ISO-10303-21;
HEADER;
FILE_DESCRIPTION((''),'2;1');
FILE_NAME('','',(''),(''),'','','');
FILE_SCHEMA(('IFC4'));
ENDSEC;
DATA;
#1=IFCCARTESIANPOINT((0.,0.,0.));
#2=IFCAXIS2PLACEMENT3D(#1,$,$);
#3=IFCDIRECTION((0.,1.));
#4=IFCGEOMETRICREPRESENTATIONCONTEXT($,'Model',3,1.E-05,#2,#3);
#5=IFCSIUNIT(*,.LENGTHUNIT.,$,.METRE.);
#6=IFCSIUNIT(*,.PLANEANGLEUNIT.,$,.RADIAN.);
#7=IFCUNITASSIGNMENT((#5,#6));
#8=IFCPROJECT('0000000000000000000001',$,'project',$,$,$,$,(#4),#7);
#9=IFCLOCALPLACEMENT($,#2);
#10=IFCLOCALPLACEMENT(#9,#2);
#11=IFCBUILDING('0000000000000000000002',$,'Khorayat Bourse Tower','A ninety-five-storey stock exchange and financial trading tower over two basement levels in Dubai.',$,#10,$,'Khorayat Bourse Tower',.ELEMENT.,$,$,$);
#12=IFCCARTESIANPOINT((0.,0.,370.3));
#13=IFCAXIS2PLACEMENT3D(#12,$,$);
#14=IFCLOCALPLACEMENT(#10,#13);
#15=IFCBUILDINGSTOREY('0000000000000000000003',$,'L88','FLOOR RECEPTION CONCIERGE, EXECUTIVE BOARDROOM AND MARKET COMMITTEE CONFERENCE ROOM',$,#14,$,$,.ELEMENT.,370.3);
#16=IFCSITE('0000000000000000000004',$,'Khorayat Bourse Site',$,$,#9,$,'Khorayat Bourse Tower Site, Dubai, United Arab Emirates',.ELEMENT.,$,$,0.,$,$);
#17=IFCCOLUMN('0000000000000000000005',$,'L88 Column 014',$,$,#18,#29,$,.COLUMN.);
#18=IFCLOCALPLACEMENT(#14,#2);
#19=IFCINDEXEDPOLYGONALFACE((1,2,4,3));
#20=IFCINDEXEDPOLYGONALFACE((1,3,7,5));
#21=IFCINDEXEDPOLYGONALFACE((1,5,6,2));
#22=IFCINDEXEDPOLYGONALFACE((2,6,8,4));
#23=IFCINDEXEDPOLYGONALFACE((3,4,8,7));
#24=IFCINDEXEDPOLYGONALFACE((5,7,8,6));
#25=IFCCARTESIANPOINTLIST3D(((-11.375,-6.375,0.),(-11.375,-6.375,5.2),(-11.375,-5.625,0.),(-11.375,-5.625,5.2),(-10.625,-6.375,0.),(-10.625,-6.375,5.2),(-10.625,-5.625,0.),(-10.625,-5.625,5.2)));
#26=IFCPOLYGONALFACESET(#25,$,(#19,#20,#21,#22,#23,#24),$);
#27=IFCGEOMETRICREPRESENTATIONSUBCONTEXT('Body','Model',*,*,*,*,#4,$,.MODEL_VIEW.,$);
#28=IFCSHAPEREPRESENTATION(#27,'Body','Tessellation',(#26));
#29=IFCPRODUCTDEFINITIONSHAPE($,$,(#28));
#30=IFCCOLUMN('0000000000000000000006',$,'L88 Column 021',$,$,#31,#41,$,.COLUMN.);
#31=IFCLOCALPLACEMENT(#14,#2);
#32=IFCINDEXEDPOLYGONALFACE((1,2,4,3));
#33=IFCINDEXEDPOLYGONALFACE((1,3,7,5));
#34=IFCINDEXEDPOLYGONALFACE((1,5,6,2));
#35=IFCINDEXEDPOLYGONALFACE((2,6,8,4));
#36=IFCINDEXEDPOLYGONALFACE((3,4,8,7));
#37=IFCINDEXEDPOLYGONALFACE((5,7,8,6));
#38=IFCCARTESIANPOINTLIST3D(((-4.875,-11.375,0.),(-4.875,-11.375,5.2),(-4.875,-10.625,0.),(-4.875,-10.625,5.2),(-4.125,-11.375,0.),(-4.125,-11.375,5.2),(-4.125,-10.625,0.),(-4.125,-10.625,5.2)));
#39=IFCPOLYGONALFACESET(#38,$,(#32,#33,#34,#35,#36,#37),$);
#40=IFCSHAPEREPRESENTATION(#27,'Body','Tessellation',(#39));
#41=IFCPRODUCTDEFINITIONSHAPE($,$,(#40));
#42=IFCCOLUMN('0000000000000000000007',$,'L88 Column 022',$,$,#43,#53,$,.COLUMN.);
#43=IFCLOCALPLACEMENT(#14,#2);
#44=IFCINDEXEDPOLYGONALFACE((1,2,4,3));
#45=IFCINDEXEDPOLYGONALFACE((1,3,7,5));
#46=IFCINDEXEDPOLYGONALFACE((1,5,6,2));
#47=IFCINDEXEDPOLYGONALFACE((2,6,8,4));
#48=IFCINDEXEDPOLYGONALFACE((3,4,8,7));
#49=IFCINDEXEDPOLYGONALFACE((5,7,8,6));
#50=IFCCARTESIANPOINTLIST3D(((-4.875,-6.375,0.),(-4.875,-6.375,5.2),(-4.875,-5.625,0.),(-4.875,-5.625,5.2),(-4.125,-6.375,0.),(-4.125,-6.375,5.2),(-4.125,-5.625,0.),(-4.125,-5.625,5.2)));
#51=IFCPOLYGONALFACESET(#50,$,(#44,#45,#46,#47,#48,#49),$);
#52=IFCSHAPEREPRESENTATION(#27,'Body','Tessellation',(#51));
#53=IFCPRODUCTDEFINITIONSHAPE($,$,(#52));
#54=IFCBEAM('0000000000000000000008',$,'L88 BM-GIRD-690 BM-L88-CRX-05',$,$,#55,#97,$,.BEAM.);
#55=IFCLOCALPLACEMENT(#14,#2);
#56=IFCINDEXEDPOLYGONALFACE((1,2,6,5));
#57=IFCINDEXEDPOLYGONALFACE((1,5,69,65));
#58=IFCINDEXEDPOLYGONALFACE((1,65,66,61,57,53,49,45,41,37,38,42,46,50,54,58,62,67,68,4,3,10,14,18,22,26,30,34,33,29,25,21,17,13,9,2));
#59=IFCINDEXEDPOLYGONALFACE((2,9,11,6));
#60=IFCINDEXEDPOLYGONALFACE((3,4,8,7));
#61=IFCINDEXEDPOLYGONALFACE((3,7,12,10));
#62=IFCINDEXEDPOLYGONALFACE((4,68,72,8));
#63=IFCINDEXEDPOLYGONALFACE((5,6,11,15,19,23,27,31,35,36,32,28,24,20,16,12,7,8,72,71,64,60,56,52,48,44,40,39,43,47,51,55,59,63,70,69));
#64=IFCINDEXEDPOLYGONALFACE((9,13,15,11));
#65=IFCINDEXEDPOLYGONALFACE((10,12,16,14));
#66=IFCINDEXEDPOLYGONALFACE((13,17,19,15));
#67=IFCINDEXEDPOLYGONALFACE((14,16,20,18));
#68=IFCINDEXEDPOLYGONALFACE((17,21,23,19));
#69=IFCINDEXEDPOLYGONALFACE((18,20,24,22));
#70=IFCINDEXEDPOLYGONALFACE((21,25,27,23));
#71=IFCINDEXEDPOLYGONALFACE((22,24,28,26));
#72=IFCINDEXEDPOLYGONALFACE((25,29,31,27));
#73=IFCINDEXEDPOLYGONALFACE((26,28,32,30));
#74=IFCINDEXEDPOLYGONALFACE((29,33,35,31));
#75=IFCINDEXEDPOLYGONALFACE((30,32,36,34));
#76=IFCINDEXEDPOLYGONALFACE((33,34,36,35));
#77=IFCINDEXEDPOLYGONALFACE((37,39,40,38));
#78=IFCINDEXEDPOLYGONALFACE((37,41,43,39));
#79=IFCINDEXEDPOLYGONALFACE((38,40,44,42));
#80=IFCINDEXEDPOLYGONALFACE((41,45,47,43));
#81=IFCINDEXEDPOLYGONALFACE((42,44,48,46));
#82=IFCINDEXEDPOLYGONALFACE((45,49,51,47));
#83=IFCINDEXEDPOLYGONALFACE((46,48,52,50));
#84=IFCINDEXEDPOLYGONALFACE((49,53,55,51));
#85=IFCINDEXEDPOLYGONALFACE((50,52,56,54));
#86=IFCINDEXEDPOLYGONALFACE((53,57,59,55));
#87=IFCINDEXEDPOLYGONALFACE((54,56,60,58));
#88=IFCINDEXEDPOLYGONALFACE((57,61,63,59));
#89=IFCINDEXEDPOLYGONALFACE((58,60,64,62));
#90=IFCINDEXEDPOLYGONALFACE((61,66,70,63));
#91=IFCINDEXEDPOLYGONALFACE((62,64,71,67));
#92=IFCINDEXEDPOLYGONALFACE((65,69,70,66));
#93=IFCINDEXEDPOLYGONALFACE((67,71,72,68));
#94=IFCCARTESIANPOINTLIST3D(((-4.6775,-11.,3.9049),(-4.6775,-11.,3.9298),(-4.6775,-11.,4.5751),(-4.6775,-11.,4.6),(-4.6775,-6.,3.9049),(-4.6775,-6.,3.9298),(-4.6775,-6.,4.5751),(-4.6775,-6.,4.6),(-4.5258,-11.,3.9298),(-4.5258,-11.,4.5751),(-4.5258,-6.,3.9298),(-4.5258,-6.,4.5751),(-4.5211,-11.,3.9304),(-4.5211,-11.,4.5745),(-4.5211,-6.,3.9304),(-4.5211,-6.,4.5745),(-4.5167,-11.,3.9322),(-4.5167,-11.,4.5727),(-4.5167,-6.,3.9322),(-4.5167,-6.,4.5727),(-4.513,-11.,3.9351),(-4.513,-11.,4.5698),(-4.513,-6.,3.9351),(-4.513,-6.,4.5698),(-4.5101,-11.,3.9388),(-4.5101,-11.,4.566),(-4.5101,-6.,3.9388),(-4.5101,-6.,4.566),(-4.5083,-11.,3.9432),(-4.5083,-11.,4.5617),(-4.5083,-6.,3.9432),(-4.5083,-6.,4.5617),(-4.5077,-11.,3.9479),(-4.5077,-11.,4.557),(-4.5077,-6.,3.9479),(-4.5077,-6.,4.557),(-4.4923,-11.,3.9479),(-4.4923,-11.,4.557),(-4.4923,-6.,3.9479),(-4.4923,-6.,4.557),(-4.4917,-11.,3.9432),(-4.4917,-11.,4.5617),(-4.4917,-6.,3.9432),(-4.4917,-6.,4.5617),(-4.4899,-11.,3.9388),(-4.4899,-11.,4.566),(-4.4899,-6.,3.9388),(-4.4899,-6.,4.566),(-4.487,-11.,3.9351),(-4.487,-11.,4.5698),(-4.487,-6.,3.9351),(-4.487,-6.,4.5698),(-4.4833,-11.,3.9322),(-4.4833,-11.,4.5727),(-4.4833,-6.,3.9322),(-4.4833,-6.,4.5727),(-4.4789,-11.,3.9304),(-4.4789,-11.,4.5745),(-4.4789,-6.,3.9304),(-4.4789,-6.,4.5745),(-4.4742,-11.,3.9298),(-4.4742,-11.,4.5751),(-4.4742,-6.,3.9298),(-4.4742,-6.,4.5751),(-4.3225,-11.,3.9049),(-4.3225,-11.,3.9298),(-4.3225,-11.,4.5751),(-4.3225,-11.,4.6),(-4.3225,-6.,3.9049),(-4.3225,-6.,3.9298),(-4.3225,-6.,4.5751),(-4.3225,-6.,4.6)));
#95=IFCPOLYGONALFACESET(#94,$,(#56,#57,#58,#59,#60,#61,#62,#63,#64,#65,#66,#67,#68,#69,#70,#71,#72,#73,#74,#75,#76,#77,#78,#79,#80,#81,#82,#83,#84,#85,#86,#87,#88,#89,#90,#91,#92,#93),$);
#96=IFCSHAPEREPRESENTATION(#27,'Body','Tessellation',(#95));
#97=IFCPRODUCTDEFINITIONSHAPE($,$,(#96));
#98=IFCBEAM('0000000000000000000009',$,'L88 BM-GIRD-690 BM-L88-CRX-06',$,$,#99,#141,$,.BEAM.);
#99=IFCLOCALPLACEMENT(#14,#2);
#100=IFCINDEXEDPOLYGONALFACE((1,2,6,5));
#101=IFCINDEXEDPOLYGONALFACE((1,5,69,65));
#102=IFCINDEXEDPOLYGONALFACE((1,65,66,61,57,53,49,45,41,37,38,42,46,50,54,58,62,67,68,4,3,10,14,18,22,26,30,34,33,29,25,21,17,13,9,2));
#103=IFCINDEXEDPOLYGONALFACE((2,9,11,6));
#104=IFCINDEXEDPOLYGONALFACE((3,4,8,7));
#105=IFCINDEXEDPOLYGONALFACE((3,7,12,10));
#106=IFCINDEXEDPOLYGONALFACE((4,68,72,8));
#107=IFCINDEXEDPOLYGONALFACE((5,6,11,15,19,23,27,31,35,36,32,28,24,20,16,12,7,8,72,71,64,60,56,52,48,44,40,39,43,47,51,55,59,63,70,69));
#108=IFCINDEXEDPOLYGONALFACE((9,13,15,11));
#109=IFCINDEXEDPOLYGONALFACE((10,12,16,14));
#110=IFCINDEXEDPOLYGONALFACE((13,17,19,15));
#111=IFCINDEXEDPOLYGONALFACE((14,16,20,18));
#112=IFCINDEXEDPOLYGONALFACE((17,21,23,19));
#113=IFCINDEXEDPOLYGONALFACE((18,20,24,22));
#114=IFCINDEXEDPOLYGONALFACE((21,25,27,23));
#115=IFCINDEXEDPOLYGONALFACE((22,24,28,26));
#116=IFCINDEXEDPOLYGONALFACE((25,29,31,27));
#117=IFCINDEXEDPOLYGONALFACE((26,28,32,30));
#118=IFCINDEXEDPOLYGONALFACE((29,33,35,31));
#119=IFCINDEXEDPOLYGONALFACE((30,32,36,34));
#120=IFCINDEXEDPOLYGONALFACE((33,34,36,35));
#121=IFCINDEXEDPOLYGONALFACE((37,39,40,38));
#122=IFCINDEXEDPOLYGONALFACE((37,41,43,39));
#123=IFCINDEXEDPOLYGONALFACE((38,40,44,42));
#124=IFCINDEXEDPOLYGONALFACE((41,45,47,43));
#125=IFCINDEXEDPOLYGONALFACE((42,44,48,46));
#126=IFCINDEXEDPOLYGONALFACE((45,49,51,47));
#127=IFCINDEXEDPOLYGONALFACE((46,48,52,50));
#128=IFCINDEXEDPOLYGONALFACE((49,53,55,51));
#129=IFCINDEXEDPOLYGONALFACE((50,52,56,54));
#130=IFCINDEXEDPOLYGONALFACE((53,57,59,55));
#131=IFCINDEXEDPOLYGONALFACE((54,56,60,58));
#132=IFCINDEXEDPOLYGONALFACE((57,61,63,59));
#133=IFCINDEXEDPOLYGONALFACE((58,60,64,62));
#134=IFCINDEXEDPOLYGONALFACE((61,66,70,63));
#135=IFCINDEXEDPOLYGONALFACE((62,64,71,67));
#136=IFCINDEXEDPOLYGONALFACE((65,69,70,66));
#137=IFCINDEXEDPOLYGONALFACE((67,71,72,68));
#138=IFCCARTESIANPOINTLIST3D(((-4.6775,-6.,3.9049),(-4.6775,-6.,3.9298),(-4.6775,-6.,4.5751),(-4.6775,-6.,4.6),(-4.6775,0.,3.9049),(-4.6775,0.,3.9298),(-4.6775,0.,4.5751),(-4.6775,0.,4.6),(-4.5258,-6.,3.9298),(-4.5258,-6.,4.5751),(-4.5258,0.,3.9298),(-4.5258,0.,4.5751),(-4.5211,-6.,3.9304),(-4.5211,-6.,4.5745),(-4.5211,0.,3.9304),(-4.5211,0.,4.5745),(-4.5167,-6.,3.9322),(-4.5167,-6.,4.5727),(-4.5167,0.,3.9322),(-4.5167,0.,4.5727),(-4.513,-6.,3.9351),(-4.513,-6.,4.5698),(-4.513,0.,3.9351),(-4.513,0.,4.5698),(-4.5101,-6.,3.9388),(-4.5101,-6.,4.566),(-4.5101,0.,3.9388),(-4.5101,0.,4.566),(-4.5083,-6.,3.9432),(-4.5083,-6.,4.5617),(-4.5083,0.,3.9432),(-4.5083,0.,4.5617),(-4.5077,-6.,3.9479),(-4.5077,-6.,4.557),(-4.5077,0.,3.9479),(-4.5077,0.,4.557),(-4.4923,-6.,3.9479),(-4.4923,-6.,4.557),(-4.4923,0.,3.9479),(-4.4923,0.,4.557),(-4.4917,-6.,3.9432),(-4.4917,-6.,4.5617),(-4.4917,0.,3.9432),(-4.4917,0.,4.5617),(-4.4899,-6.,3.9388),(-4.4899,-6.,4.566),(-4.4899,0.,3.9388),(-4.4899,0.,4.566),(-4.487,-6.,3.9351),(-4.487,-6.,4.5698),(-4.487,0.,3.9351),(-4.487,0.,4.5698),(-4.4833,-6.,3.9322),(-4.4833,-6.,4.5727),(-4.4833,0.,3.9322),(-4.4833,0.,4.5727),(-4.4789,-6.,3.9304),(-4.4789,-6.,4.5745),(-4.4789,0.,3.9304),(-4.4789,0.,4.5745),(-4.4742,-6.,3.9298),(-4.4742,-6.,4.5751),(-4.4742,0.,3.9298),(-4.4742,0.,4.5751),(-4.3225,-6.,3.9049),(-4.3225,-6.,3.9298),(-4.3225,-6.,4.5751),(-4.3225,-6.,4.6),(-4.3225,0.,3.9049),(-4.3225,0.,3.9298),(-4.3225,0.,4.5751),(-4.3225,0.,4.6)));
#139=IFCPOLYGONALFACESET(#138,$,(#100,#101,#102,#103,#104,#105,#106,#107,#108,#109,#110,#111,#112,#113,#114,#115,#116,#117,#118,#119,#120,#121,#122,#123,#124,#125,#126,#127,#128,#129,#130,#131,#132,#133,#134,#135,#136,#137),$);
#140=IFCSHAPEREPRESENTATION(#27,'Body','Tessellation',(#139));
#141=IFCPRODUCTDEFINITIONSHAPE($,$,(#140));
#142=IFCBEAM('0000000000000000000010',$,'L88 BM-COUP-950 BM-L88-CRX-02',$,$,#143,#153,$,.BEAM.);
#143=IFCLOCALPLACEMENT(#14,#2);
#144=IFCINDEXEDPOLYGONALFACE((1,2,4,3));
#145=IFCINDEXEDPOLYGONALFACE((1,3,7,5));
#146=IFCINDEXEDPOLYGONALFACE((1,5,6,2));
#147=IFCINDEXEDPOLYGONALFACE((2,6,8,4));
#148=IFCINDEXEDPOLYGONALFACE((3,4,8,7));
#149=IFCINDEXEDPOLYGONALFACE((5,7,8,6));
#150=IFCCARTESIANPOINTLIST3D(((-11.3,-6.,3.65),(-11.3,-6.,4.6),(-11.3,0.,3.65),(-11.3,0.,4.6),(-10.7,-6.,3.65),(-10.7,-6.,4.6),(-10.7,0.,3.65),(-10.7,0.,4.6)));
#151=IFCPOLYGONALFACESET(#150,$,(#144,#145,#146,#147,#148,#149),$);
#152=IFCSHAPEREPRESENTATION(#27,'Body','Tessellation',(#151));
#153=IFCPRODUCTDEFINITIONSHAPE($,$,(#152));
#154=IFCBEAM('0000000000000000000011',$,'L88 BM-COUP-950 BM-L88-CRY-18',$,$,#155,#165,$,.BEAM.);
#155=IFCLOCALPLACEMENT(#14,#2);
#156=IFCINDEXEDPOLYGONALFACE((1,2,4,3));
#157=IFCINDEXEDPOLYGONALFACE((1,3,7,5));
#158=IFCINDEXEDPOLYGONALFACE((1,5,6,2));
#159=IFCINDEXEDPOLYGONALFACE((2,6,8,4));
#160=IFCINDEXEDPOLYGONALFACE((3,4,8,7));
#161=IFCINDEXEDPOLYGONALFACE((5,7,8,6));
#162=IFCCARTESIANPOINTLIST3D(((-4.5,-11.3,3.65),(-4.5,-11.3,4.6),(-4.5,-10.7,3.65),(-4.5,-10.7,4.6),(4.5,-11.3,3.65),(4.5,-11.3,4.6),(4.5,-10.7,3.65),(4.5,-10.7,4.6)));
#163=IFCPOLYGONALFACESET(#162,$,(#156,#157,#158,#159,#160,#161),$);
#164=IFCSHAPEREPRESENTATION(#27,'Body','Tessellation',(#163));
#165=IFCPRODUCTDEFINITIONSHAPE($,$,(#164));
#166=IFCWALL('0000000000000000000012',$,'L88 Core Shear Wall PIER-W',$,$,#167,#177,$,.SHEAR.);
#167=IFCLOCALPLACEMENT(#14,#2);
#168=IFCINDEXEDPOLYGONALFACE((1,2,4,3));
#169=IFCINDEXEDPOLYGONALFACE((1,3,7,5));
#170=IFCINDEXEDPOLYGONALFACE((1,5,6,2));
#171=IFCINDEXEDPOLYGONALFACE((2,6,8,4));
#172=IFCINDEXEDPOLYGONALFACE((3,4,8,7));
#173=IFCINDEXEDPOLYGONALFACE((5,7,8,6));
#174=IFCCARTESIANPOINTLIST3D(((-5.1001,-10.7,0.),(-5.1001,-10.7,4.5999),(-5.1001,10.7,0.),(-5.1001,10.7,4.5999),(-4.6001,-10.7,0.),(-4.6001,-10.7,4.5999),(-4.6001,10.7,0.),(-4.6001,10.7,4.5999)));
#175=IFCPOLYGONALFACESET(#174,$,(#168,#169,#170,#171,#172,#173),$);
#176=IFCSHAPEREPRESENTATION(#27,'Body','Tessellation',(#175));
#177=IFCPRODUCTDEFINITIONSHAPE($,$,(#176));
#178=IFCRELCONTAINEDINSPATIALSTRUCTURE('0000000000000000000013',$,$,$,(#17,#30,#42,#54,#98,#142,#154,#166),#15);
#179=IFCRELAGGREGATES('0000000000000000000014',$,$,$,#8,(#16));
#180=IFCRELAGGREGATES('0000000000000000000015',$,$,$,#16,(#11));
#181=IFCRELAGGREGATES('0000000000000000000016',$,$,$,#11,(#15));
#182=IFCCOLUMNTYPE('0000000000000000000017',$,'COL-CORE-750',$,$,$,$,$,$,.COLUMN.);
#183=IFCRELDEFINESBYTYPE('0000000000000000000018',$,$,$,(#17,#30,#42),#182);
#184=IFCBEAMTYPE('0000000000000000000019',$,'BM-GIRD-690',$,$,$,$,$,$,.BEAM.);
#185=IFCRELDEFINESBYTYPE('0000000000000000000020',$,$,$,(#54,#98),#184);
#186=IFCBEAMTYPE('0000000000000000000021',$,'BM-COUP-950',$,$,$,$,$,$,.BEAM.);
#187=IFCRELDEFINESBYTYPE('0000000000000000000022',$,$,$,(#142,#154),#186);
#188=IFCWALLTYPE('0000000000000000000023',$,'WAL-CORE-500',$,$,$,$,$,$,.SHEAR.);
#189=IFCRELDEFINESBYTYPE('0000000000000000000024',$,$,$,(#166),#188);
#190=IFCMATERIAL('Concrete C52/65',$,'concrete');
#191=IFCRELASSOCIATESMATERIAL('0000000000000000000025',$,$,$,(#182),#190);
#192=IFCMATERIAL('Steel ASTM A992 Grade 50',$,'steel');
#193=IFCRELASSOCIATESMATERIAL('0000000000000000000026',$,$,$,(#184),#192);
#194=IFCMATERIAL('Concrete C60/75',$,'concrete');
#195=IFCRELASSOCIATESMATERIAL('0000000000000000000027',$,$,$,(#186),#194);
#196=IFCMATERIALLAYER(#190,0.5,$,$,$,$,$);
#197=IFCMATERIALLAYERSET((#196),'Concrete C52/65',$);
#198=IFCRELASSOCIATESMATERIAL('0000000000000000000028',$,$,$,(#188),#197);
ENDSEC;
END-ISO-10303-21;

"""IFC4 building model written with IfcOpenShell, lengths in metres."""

from ifc_helpers import new_model, si_unit, direction, frame, frame_2d, origin, origin_2d, place, context, subcontext, project, spatial, rectangle, i_section, extrude, source, transform, mapped, material, layer, layer_set, material_profile, profile_set, type_object, element, save


model = new_model("IFC4")

# Units and contexts
model_context = context("Model", 3, precision=1e-05, world=origin(), true_north=direction((0.0, 1.0)))
body_context = subcontext(model_context, "Body", "Model", "MODEL_VIEW")
ifc_project = project(units=[si_unit("LENGTHUNIT", "METRE"), si_unit("PLANEANGLEUNIT", "RADIAN")], contexts=[model_context])

# Site, building, storey
site_placement = place(None, origin())
site = spatial("IfcSite", under=ifc_project, at=site_placement, Name="Khorayat Bourse Site", LongName="Khorayat Bourse Tower Site, Dubai, United Arab Emirates", CompositionType="ELEMENT", RefElevation=0.0)
building_placement = place(site_placement, origin())
building = spatial("IfcBuilding", under=site, at=building_placement, Name="Khorayat Bourse Tower", Description="A ninety-five-storey stock exchange and financial trading tower over two basement levels in Dubai.", LongName="Khorayat Bourse Tower", CompositionType="ELEMENT")
storey_placement = place(building_placement, frame((0.0, 0.0, 370.3)))
storey = spatial("IfcBuildingStorey", under=building, at=storey_placement, Name="L88", Description="FLOOR RECEPTION CONCIERGE, EXECUTIVE BOARDROOM AND MARKET COMMITTEE CONFERENCE ROOM", CompositionType="ELEMENT", Elevation=370.3)

# Columns
ifc_material_1 = material(Name="Concrete C52/65", Category="concrete")
ifc_material_profile_1 = material_profile(ifc_material_1, rectangle(XDim=0.75, YDim=0.75, at=origin_2d()), Name="RC 750x750")
ifc_profile_set_1 = profile_set([ifc_material_profile_1], Name="Concrete C52/65")
column_type = type_object("IfcColumnType", Name="COL-CORE-750", PredefinedType="COLUMN", material=ifc_profile_set_1)
shared_shape_1 = source(origin(), body_context, "Body", "SweptSolid", [
    extrude(rectangle(XDim=0.75, YDim=0.75, at=origin_2d()), origin(), (0.0, 0.0, 1.0), 5.2),
])
for number, where, z_axis, x_axis, name in (
    (1, (-11.0, -6.0, 0.0), (0.0, 0.0, 1.0), (1.0, 0.0, 0.0), "L88 Column 014"),
    (2, (-4.5, -11.0, 0.0), (0.0, 0.0, 1.0), (1.0, 0.0, 0.0), "L88 Column 021"),
    (3, (-4.5, -6.0, 0.0), (0.0, 0.0, 1.0), (1.0, 0.0, 0.0), "L88 Column 022"),
):
    element("IfcColumn", number, at=place(storey_placement, frame(where, z_axis=z_axis, x_axis=x_axis)), inside=storey, type_object=column_type, Name=name, PredefinedType="COLUMN", context=body_context, shape_type="MappedRepresentation", body=[
        mapped(shared_shape_1, transform((0.0, 0.0, 0.0), scale=1.0)),
    ])

# Beams
ifc_material_2 = material(Name="Steel ASTM A992 Grade 50", Category="steel")
ifc_material_profile_2 = material_profile(ifc_material_2, i_section(OverallWidth=0.355, OverallDepth=0.6951, WebThickness=0.0154, FlangeThickness=0.0249, FilletRadius=0.0181, at=origin_2d()), Name="W690X217")
ifc_profile_set_2 = profile_set([ifc_material_profile_2], Name="Steel ASTM A992 Grade 50")
beam_type_1 = type_object("IfcBeamType", Name="BM-GIRD-690", PredefinedType="BEAM", material=ifc_profile_set_2)
shared_shape_2 = source(origin(), body_context, "Body", "SweptSolid", [
    extrude(i_section(OverallWidth=0.355, OverallDepth=0.6951, WebThickness=0.0154, FlangeThickness=0.0249, FilletRadius=0.0181, at=origin_2d()), origin(), (0.0, 0.0, 1.0), 5.0),
])
beam_1_placement = place(storey_placement, frame((-4.5, -11.0, 4.2524), z_axis=(0.0, 1.0, 0.0), x_axis=(-1.0, 0.0, 0.0)))
element("IfcBeam", 4, at=beam_1_placement, inside=storey, type_object=beam_type_1, Name="L88 BM-GIRD-690 BM-L88-CRX-05", PredefinedType="BEAM", context=body_context, shape_type="MappedRepresentation", body=[
    mapped(shared_shape_2, transform((0.0, 0.0, 0.0), scale=1.0)),
])
shared_shape_3 = source(origin(), body_context, "Body", "SweptSolid", [
    extrude(i_section(OverallWidth=0.355, OverallDepth=0.6951, WebThickness=0.0154, FlangeThickness=0.0249, FilletRadius=0.0181, at=origin_2d()), origin(), (0.0, 0.0, 1.0), 6.0),
])
beam_2_placement = place(storey_placement, frame((-4.5, -6.0, 4.2524), z_axis=(0.0, 1.0, 0.0), x_axis=(-1.0, 0.0, 0.0)))
element("IfcBeam", 5, at=beam_2_placement, inside=storey, type_object=beam_type_1, Name="L88 BM-GIRD-690 BM-L88-CRX-06", PredefinedType="BEAM", context=body_context, shape_type="MappedRepresentation", body=[
    mapped(shared_shape_3, transform((0.0, 0.0, 0.0), scale=1.0)),
])
ifc_material_3 = material(Name="Concrete C60/75", Category="concrete")
ifc_material_profile_3 = material_profile(ifc_material_3, rectangle(XDim=0.6001, YDim=0.95, at=origin_2d()), Name="RC 600x950")
ifc_profile_set_3 = profile_set([ifc_material_profile_3], Name="Concrete C60/75")
beam_type_2 = type_object("IfcBeamType", Name="BM-COUP-950", PredefinedType="BEAM", material=ifc_profile_set_3)
shared_shape_4 = source(origin(), body_context, "Body", "SweptSolid", [
    extrude(rectangle(XDim=0.6001, YDim=0.95, at=origin_2d()), origin(), (0.0, 0.0, 1.0), 6.0),
])
beam_3_placement = place(storey_placement, frame((-11.0, -6.0, 4.125), z_axis=(0.0, 1.0, 0.0), x_axis=(-1.0, 0.0, 0.0)))
element("IfcBeam", 6, at=beam_3_placement, inside=storey, type_object=beam_type_2, Name="L88 BM-COUP-950 BM-L88-CRX-02", PredefinedType="BEAM", context=body_context, shape_type="MappedRepresentation", body=[
    mapped(shared_shape_4, transform((0.0, 0.0, 0.0), scale=1.0)),
])
shared_shape_5 = source(origin(), body_context, "Body", "SweptSolid", [
    extrude(rectangle(XDim=0.6001, YDim=0.95, at=origin_2d()), origin(), (0.0, 0.0, 1.0), 9.0),
])
beam_4_placement = place(storey_placement, frame((-4.5, -11.0, 4.125), z_axis=(1.0, 0.0, 0.0), x_axis=(0.0, 1.0, 0.0)))
element("IfcBeam", 7, at=beam_4_placement, inside=storey, type_object=beam_type_2, Name="L88 BM-COUP-950 BM-L88-CRY-18", PredefinedType="BEAM", context=body_context, shape_type="MappedRepresentation", body=[
    mapped(shared_shape_5, transform((0.0, 0.0, 0.0), scale=1.0)),
])

# Wall
ifc_layer_1 = layer(ifc_material_1, 0.5)
ifc_layer_set_1 = layer_set([ifc_layer_1], Name="Concrete C52/65")
wall_type_1 = type_object("IfcWallType", Name="WAL-CORE-500", PredefinedType="SHEAR", material=ifc_layer_set_1)
shared_shape_6 = source(origin(), body_context, "Body", "SweptSolid", [
    extrude(rectangle(XDim=21.3999, YDim=0.5, at=frame_2d((10.7, 0.0))), origin(), (0.0, 0.0, 1.0), 4.5999),
])
wall_1_placement = place(storey_placement, frame((-4.8501, -10.7, 0.0), z_axis=(0.0, 0.0, 1.0), x_axis=(0.0, 1.0, 0.0)))
element("IfcWall", 8, at=wall_1_placement, inside=storey, type_object=wall_type_1, Name="L88 Core Shear Wall PIER-W", PredefinedType="SHEAR", context=body_context, shape_type="MappedRepresentation", body=[
    mapped(shared_shape_6, transform((0.0, 0.0, 0.0), scale=1.0)),
])

save(model, "model.ifc")
